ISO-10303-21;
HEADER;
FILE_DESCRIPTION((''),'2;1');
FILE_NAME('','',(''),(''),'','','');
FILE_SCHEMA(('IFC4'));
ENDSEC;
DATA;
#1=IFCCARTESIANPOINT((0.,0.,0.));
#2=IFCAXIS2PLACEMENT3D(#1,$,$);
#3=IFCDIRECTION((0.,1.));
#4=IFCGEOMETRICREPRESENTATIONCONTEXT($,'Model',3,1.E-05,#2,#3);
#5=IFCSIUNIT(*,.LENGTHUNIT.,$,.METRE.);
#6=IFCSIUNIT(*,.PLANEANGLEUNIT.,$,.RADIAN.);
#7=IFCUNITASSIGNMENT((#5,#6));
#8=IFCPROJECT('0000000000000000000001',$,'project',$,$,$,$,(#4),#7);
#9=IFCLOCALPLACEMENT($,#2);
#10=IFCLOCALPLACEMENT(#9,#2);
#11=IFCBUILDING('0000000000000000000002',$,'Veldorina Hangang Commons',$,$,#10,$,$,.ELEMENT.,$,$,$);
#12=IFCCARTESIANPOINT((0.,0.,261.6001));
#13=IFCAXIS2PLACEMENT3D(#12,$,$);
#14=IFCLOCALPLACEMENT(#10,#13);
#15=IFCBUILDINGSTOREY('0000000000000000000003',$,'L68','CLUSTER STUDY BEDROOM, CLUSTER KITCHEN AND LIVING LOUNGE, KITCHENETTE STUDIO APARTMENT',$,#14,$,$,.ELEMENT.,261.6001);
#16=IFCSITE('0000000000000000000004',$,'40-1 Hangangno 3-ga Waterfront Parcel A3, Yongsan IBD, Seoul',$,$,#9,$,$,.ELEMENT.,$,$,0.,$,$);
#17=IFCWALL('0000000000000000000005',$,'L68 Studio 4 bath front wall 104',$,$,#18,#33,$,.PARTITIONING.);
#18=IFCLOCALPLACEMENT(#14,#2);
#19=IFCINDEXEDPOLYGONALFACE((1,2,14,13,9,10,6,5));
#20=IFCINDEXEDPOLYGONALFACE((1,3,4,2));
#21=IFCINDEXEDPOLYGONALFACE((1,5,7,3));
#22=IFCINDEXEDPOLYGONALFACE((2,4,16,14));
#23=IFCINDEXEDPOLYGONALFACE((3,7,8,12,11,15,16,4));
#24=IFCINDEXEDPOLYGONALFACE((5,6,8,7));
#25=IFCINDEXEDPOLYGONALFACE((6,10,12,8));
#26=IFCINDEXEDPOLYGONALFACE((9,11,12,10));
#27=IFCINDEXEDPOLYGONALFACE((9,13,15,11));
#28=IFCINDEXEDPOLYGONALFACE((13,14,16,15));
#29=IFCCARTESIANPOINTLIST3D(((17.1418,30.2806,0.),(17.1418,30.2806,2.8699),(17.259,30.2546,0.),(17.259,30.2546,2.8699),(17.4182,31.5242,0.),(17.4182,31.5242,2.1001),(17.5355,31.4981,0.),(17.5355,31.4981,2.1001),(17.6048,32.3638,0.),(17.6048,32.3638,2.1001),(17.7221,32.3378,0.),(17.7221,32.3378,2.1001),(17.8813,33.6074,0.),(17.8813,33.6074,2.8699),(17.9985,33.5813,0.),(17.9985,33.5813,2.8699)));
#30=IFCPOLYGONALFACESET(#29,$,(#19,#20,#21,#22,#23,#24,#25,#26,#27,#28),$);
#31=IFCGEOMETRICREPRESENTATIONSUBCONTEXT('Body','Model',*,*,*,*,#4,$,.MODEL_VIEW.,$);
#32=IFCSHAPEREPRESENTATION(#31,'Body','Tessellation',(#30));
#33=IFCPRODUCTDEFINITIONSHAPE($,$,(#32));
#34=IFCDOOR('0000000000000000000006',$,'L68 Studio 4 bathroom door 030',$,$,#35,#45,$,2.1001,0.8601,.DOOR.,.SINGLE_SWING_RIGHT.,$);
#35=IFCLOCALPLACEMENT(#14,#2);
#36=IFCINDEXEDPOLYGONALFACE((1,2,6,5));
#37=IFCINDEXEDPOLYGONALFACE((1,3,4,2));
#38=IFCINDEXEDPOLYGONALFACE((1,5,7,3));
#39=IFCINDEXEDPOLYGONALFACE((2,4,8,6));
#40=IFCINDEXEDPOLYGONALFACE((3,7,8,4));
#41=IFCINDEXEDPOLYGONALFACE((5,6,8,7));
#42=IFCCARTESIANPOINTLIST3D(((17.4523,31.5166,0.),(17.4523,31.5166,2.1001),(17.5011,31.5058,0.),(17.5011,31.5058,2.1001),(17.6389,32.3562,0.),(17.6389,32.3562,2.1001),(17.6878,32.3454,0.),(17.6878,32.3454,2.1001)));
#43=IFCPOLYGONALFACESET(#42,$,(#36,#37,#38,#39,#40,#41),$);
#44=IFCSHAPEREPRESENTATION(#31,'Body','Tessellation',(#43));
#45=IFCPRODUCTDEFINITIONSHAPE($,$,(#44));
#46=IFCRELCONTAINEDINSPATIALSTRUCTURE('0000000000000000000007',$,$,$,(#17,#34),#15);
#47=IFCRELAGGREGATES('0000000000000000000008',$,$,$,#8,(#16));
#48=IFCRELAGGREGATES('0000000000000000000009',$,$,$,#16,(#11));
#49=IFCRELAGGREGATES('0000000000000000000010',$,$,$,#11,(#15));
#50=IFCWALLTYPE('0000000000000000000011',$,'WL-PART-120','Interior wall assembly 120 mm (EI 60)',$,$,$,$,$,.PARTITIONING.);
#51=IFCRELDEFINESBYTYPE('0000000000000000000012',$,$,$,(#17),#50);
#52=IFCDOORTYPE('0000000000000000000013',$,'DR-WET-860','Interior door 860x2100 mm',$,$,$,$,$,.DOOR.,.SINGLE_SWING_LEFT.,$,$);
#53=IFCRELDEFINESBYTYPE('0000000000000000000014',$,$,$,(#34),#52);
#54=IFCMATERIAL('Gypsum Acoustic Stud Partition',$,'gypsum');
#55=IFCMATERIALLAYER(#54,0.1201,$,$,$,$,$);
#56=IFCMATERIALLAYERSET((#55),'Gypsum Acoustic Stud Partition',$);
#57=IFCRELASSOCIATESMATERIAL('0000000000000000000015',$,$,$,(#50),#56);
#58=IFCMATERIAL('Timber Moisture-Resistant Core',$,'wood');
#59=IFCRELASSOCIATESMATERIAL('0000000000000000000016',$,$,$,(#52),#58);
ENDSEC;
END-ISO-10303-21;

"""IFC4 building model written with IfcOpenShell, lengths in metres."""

from ifc_helpers import new_model, si_unit, direction, frame, frame_2d, origin, place, context, subcontext, project, spatial, rectangle, extrude, material, layer, layer_set, type_object, element, fill, save


model = new_model("IFC4")

# Units and contexts
model_context = context("Model", 3, precision=1e-05, world=origin(), true_north=direction((0.0, 1.0)))
body_context = subcontext(model_context, "Body", "Model", "MODEL_VIEW")
ifc_project = project(units=[si_unit("LENGTHUNIT", "METRE"), si_unit("PLANEANGLEUNIT", "RADIAN")], contexts=[model_context])

# Site, building, storey
site_placement = place(None, origin())
site = spatial("IfcSite", under=ifc_project, at=site_placement, Name="40-1 Hangangno 3-ga Waterfront Parcel A3, Yongsan IBD, Seoul", CompositionType="ELEMENT", RefElevation=0.0)
building_placement = place(site_placement, origin())
building = spatial("IfcBuilding", under=site, at=building_placement, Name="Veldorina Hangang Commons", CompositionType="ELEMENT")
storey_placement = place(building_placement, frame((0.0, 0.0, 261.6001)))
storey = spatial("IfcBuildingStorey", under=building, at=storey_placement, Name="L68", Description="CLUSTER STUDY BEDROOM, CLUSTER KITCHEN AND LIVING LOUNGE, KITCHENETTE STUDIO APARTMENT", CompositionType="ELEMENT", Elevation=261.6001)

# Shared definitions
ifc_material_1 = material(Name="Gypsum Acoustic Stud Partition", Category="gypsum")
ifc_layer_1 = layer(ifc_material_1, 0.1201)
ifc_layer_set_1 = layer_set([ifc_layer_1], Name="Gypsum Acoustic Stud Partition")
wall_type_1 = type_object("IfcWallType", Name="WL-PART-120", Description="Interior wall assembly 120 mm (EI 60)", PredefinedType="PARTITIONING", material=ifc_layer_set_1)

# Wall, opening, door
wall_1_placement = place(storey_placement, frame((17.9399, 33.5945, 0.0), z_axis=(0.0, 0.0, 1.0), x_axis=(-0.216999, -0.976172, 0.0)))
wall_1 = element("IfcWall", 1, at=wall_1_placement, inside=storey, type_object=wall_type_1, Name="L68 Studio 4 bath front wall 104", PredefinedType="PARTITIONING", context=body_context, shape_type="SweptSolid", body=[
    extrude(rectangle(XDim=3.408, YDim=0.1201, at=frame_2d((1.7041, 0.0))), origin(), (0.0, 0.0, 1.0), 2.8699),
])
opening_1_placement = place(wall_1_placement, frame((1.2739, 0.0, 0.0)))
opening_1 = element("IfcOpeningElement", 2, at=opening_1_placement, cuts=wall_1, PredefinedType="OPENING", context=body_context, shape_type="SweptSolid", body=[
    extrude(rectangle(XDim=0.8601, YDim=2.1001, at=frame_2d((0.4302, 1.05))), frame((0.0, 0.0701, 0.0), z_axis=(0.0, -1.0, 0.0), x_axis=(1.0, 0.0, 0.0)), (0.0, 0.0, 1.0), 0.1401),
])
ifc_material_2 = material(Name="Timber Moisture-Resistant Core", Category="wood")
door_type_1 = type_object("IfcDoorType", Name="DR-WET-860", Description="Interior door 860x2100 mm", OperationType="SINGLE_SWING_LEFT", PredefinedType="DOOR", material=ifc_material_2)
door_1_placement = place(opening_1_placement, origin())
door_1 = element("IfcDoor", 3, at=door_1_placement, inside=storey, type_object=door_type_1, Name="L68 Studio 4 bathroom door 030", OperationType="SINGLE_SWING_RIGHT", OverallHeight=2.1001, OverallWidth=0.8601, PredefinedType="DOOR", context=body_context, shape_type="SweptSolid", body=[
    extrude(rectangle(XDim=0.8601, YDim=2.1001, at=frame_2d((0.4302, 1.05))), frame((0.0, 0.0249, 0.0), z_axis=(0.0, -1.0, 0.0), x_axis=(1.0, 0.0, 0.0)), (0.0, 0.0, 1.0), 0.05),
])
fill(opening_1, door_1)

save(model, "model.ifc")
